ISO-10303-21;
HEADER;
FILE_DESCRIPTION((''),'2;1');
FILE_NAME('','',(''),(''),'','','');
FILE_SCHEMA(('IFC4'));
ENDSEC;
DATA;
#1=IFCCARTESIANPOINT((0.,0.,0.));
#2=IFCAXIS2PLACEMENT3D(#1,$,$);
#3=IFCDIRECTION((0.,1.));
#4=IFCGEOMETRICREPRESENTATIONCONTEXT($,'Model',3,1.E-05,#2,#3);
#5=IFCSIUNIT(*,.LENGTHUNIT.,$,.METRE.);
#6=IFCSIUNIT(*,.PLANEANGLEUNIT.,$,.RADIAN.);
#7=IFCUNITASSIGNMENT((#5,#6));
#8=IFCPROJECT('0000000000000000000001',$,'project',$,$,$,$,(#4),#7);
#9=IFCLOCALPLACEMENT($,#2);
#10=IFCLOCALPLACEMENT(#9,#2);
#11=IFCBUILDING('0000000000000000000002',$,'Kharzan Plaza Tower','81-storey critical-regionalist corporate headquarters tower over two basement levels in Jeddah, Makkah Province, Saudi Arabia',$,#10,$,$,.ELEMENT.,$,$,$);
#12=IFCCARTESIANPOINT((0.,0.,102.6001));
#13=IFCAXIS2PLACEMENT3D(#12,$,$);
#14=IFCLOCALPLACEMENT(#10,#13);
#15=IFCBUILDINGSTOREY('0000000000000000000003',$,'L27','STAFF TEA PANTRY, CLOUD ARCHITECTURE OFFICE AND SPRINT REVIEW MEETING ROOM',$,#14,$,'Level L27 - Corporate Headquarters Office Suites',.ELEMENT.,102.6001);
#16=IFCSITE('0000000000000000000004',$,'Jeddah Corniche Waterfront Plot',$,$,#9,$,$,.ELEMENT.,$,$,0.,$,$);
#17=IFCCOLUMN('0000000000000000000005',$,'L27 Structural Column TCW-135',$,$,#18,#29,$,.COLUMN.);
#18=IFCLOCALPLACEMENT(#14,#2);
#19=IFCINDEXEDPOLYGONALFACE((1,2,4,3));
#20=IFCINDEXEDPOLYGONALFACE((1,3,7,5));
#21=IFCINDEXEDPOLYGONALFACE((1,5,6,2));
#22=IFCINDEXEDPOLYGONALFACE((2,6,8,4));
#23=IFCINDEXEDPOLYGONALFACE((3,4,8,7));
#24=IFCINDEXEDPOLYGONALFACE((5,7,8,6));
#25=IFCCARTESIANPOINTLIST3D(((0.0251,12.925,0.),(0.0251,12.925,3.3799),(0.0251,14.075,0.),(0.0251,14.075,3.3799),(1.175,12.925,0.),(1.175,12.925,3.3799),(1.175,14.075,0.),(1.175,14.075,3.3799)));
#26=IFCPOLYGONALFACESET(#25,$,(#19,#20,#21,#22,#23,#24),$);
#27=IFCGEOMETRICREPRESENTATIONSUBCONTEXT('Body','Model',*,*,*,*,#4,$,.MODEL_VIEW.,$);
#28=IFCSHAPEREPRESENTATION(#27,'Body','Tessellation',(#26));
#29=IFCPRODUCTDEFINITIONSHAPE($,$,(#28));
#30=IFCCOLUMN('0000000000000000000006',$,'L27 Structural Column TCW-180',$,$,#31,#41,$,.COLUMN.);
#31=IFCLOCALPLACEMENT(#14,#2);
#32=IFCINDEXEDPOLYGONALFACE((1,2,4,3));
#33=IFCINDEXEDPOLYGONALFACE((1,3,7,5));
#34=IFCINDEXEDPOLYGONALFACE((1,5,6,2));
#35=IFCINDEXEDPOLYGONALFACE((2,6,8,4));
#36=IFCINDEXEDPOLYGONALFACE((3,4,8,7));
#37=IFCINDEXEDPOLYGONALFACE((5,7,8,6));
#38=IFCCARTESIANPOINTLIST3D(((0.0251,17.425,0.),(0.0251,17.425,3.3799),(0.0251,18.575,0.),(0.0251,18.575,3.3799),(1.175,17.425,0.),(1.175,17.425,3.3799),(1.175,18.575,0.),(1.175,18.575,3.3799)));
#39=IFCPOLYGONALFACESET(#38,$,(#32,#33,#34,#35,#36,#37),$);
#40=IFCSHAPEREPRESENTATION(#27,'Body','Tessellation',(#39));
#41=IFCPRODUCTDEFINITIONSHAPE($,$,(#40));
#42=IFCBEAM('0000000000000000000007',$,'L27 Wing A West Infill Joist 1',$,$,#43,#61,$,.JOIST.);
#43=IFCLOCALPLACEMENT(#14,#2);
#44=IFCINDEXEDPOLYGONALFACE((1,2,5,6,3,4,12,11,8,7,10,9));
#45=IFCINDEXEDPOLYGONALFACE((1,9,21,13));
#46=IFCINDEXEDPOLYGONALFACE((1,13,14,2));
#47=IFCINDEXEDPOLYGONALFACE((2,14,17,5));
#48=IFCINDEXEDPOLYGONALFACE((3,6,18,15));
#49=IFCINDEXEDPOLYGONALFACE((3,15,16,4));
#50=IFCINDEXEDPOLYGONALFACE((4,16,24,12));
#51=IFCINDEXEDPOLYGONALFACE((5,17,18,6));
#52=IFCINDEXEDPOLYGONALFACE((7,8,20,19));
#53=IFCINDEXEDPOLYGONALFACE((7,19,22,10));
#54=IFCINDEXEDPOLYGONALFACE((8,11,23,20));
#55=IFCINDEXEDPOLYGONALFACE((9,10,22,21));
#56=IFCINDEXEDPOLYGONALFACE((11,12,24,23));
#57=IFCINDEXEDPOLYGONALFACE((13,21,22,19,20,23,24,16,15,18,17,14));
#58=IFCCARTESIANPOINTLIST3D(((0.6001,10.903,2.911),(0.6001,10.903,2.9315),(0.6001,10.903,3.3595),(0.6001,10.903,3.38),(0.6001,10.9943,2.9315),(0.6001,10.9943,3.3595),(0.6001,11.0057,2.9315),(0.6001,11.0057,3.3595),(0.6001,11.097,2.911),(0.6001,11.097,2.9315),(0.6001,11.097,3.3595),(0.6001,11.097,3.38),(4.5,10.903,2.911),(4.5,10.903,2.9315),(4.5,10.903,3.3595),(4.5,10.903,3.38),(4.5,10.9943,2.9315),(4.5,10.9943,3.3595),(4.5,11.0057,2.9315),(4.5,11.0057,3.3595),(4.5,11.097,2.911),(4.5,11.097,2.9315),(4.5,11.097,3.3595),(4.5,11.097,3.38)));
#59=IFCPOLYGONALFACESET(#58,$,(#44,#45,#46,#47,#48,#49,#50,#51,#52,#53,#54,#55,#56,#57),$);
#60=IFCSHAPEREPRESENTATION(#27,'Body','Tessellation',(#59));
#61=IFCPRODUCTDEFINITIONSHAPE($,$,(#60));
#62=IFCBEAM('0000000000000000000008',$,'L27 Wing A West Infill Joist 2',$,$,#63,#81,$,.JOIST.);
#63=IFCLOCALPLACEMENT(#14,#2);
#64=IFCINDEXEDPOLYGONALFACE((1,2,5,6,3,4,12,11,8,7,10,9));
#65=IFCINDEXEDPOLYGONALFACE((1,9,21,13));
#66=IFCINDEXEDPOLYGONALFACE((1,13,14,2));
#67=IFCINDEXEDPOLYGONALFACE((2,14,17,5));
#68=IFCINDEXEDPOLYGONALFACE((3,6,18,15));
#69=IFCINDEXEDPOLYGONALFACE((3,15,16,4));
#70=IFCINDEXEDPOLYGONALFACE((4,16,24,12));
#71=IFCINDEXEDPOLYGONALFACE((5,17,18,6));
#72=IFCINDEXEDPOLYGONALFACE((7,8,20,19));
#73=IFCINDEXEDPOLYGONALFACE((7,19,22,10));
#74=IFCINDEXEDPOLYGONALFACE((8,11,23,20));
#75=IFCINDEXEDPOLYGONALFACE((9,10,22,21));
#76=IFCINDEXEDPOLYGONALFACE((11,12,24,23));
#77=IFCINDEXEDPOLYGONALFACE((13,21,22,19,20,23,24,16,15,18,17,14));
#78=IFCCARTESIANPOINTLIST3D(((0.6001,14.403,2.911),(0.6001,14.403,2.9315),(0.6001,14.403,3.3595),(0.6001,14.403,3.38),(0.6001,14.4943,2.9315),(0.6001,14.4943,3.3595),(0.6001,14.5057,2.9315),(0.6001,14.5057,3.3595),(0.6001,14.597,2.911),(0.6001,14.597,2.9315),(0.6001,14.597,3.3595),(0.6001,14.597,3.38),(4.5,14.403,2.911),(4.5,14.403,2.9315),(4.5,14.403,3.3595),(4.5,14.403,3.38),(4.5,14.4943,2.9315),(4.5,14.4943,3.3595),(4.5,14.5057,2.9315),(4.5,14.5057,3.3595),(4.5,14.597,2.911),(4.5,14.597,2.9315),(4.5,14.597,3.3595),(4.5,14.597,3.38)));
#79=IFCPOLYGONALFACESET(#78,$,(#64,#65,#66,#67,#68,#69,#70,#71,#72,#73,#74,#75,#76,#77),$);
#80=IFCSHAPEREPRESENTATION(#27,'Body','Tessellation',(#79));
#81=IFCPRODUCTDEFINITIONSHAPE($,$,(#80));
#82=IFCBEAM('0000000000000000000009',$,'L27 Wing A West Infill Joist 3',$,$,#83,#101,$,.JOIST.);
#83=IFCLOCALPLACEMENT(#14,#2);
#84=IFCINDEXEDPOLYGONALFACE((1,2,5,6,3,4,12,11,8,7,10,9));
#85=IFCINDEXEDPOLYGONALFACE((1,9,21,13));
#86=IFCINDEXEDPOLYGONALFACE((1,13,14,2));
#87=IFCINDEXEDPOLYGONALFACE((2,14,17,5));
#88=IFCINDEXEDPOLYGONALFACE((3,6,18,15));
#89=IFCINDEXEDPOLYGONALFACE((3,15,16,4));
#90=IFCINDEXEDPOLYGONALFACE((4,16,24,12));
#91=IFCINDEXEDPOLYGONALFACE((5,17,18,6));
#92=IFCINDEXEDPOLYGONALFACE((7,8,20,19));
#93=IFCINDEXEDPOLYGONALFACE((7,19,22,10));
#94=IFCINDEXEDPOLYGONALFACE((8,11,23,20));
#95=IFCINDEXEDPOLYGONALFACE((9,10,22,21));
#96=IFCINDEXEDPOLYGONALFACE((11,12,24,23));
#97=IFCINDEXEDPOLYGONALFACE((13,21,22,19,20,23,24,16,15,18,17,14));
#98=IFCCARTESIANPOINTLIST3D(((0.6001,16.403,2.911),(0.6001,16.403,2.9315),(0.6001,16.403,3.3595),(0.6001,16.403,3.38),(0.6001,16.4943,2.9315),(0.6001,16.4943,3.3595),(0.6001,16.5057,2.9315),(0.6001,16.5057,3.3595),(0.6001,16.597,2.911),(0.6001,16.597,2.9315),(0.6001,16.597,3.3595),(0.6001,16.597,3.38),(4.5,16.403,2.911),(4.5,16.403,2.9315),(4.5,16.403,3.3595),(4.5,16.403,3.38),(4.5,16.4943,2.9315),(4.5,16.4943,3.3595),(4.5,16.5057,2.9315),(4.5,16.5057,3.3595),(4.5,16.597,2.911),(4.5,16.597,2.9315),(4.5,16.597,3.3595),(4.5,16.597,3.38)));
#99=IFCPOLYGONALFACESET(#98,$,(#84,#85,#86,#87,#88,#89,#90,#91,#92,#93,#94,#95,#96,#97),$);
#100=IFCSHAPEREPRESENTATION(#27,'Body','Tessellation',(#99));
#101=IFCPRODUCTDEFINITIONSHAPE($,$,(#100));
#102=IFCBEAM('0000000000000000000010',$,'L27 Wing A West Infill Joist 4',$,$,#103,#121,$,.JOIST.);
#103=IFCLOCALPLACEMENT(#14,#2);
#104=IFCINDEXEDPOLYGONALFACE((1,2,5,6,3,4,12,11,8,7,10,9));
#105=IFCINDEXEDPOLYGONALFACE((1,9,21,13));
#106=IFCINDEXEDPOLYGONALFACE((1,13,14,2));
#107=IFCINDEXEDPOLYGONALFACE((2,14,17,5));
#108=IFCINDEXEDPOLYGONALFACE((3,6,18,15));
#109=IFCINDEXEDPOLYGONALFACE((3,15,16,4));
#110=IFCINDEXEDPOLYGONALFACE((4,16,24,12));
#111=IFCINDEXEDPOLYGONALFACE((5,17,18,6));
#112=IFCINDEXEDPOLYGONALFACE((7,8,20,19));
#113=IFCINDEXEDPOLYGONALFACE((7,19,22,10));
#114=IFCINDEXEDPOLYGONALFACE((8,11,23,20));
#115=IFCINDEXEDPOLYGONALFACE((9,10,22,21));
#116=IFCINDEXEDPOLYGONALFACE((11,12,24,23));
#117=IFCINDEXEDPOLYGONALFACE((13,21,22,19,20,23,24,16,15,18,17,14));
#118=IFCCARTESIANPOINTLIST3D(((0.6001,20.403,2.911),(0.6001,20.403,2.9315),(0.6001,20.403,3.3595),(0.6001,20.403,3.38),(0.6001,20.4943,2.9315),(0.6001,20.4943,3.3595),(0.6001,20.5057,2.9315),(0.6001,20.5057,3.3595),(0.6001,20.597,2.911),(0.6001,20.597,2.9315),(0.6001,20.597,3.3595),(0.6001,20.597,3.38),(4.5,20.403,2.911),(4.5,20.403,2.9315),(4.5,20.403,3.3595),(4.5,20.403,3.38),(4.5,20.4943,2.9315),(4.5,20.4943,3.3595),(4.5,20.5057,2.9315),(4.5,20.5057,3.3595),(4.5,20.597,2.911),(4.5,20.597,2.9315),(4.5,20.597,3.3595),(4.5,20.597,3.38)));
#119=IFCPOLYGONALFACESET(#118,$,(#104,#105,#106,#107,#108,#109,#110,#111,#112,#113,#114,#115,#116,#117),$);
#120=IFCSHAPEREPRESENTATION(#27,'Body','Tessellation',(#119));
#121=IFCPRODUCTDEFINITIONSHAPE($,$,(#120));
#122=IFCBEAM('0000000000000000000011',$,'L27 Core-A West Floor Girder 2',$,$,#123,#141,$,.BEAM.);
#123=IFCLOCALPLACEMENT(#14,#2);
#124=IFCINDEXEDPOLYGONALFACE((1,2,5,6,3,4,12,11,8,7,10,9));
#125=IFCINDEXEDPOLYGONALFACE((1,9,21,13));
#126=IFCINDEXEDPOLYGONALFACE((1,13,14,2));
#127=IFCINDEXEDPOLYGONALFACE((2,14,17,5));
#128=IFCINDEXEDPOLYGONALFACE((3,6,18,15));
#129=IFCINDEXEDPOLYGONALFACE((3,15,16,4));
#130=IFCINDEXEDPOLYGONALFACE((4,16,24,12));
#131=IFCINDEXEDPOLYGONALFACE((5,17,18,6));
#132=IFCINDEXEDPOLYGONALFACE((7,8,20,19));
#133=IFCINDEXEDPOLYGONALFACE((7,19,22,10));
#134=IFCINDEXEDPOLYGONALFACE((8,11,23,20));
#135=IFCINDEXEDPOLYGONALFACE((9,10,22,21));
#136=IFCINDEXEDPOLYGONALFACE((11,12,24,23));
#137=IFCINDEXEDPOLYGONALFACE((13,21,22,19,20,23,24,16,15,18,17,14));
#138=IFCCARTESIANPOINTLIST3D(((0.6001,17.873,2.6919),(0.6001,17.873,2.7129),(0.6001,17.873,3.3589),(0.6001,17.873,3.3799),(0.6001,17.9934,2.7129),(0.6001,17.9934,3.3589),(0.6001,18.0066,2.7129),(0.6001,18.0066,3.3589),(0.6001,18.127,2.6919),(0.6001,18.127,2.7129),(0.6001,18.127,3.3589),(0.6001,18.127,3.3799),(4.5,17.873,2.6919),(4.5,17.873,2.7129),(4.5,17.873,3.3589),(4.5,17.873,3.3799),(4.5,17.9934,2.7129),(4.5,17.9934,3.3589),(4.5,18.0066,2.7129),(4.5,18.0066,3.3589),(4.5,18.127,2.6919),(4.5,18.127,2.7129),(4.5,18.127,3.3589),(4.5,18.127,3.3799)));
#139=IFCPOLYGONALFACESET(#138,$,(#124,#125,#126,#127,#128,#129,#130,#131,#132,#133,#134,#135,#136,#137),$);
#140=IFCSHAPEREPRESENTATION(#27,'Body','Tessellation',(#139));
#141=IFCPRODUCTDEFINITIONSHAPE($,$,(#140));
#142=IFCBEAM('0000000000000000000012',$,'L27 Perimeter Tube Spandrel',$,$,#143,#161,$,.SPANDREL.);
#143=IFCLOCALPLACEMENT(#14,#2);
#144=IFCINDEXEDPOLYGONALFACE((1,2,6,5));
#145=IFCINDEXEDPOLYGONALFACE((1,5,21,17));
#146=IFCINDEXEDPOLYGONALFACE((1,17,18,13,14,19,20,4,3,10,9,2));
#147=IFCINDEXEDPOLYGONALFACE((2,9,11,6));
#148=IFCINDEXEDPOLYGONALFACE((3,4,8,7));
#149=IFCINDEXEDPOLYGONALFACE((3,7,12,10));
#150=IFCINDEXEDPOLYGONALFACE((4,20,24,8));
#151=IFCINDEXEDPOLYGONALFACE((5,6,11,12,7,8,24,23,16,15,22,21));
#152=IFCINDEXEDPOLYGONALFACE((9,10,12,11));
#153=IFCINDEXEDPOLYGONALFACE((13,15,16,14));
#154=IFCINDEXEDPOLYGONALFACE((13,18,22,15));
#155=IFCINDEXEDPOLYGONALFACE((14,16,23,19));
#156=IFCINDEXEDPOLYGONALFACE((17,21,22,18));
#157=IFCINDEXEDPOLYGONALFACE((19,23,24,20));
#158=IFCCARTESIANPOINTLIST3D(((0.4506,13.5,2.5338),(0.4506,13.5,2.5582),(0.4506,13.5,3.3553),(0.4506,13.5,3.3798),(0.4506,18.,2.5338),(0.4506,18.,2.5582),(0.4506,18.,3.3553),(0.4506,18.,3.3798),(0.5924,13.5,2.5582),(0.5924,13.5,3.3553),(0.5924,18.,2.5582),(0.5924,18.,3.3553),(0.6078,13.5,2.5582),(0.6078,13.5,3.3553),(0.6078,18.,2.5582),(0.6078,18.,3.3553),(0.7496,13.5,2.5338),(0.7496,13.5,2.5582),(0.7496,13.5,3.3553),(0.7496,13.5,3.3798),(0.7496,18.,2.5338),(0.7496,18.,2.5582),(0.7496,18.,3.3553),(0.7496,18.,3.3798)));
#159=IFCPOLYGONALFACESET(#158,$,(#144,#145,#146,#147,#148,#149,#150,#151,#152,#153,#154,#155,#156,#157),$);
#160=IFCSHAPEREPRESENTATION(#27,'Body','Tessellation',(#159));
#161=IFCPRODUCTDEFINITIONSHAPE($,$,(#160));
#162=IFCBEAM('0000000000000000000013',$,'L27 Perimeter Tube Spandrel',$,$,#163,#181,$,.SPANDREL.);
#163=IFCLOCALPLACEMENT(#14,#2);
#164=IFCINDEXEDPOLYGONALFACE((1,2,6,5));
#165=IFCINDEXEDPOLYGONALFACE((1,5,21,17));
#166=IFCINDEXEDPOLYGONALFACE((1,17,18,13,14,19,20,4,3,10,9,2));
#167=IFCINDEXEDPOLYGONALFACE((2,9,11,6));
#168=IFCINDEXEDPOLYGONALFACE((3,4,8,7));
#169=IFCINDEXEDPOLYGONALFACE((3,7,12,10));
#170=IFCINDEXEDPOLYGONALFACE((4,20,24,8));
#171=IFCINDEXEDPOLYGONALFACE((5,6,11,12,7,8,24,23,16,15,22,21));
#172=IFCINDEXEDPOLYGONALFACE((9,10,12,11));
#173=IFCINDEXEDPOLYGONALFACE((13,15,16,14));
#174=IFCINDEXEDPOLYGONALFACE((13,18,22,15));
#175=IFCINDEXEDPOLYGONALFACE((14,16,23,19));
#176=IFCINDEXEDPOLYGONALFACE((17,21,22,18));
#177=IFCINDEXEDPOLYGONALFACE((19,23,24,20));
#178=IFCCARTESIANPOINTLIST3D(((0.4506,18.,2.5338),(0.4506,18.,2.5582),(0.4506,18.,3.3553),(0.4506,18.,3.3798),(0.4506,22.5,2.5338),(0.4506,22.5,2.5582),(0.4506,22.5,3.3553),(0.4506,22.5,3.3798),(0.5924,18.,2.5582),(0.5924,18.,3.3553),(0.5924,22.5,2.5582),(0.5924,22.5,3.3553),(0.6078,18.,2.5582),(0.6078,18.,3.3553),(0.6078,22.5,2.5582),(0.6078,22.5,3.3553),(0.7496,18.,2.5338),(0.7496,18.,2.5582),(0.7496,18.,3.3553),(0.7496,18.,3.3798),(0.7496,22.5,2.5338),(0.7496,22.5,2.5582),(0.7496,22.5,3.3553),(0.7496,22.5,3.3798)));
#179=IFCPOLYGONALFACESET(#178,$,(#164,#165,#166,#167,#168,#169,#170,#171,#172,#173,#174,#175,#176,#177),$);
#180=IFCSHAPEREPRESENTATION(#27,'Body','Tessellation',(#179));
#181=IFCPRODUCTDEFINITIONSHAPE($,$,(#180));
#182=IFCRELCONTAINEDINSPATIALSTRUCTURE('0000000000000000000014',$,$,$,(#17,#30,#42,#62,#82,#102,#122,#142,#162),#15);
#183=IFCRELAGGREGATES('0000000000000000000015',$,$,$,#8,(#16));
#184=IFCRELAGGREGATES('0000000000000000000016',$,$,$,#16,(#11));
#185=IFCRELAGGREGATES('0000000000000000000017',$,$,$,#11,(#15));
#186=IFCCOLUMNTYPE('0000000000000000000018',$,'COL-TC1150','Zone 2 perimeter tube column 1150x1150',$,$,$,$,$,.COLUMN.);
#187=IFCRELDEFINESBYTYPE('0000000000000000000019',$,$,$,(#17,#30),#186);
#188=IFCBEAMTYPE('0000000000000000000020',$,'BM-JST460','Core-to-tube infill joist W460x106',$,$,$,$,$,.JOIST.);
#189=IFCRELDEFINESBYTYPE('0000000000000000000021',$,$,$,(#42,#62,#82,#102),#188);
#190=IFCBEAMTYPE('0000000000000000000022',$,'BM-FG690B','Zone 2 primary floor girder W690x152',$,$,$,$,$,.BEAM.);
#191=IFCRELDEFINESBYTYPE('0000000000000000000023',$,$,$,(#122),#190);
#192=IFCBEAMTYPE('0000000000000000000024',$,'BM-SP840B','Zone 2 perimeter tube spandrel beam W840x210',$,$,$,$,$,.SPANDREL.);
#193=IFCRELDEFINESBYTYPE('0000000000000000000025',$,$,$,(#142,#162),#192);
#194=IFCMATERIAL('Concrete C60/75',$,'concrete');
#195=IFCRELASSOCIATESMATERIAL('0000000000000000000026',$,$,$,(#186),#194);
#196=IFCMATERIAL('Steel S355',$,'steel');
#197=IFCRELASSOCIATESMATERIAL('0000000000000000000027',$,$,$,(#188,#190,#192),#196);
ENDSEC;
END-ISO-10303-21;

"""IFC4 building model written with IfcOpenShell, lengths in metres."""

from ifc_helpers import new_model, si_unit, direction, frame, origin, origin_2d, place, context, subcontext, project, spatial, rectangle, i_section, extrude, source, transform, mapped, material, material_profile, profile_set, type_object, element, save


model = new_model("IFC4")

# Units and contexts
model_context = context("Model", 3, precision=1e-05, world=origin(), true_north=direction((0.0, 1.0)))
body_context = subcontext(model_context, "Body", "Model", "MODEL_VIEW")
ifc_project = project(units=[si_unit("LENGTHUNIT", "METRE"), si_unit("PLANEANGLEUNIT", "RADIAN")], contexts=[model_context])

# Site, building, storey
site_placement = place(None, origin())
site = spatial("IfcSite", under=ifc_project, at=site_placement, Name="Jeddah Corniche Waterfront Plot", CompositionType="ELEMENT", RefElevation=0.0)
building_placement = place(site_placement, origin())
building = spatial("IfcBuilding", under=site, at=building_placement, Name="Kharzan Plaza Tower", Description="81-storey critical-regionalist corporate headquarters tower over two basement levels in Jeddah, Makkah Province, Saudi Arabia", CompositionType="ELEMENT")
storey_placement = place(building_placement, frame((0.0, 0.0, 102.6001)))
storey = spatial("IfcBuildingStorey", under=building, at=storey_placement, Name="L27", Description="STAFF TEA PANTRY, CLOUD ARCHITECTURE OFFICE AND SPRINT REVIEW MEETING ROOM", LongName="Level L27 - Corporate Headquarters Office Suites", CompositionType="ELEMENT", Elevation=102.6001)

# Columns
ifc_material_1 = material(Name="Concrete C60/75", Category="concrete")
ifc_material_profile_1 = material_profile(ifc_material_1, rectangle(XDim=1.1499, YDim=1.1499, at=origin_2d()), Name="RC-TC1150x1150")
ifc_profile_set_1 = profile_set([ifc_material_profile_1], Name="Concrete C60/75")
column_type = type_object("IfcColumnType", Name="COL-TC1150", Description="Zone 2 perimeter tube column 1150x1150", PredefinedType="COLUMN", material=ifc_profile_set_1)
shared_shape_1 = source(origin(), body_context, "Body", "SweptSolid", [
    extrude(rectangle(XDim=1.1499, YDim=1.1499, at=origin_2d()), origin(), (0.0, 0.0, 1.0), 3.3799),
])
for number, where, z_axis, x_axis, name in (
    (1, (0.6001, 13.5, 0.0), (0.0, 0.0, 1.0), (1.0, 0.0, 0.0), "L27 Structural Column TCW-135"),
    (2, (0.6001, 18.0, 0.0), (0.0, 0.0, 1.0), (1.0, 0.0, 0.0), "L27 Structural Column TCW-180"),
):
    element("IfcColumn", number, at=place(storey_placement, frame(where, z_axis=z_axis, x_axis=x_axis)), inside=storey, type_object=column_type, Name=name, PredefinedType="COLUMN", context=body_context, shape_type="MappedRepresentation", body=[
        mapped(shared_shape_1, transform((0.0, 0.0, 0.0), x_axis=(1.0, 0.0, 0.0), y_axis=(0.0, 1.0, 0.0), z_axis=(0.0, 0.0, 1.0))),
    ])

# Beams
ifc_material_2 = material(Name="Steel S355", Category="steel")
ifc_material_profile_2 = material_profile(ifc_material_2, i_section(OverallWidth=0.1941, OverallDepth=0.469, WebThickness=0.0115, FlangeThickness=0.0205, at=origin_2d()), Name="W460x106")
ifc_profile_set_2 = profile_set([ifc_material_profile_2], Name="Steel S355")
beam_type_1 = type_object("IfcBeamType", Name="BM-JST460", Description="Core-to-tube infill joist W460x106", PredefinedType="JOIST", material=ifc_profile_set_2)
shared_shape_2 = source(origin(), body_context, "Body", "SweptSolid", [
    extrude(i_section(OverallWidth=0.1941, OverallDepth=0.469, WebThickness=0.0115, FlangeThickness=0.0205, at=origin_2d()), origin(), (0.0, 0.0, 1.0), 3.8999),
])
for number, where, z_axis, x_axis, name in (
    (3, (0.6001, 11.0, 3.1455), (1.0, 0.0, 0.0), (0.0, 1.0, 0.0), "L27 Wing A West Infill Joist 1"),
    (4, (0.6001, 14.5, 3.1455), (1.0, 0.0, 0.0), (0.0, 1.0, 0.0), "L27 Wing A West Infill Joist 2"),
    (5, (0.6001, 16.5, 3.1455), (1.0, 0.0, 0.0), (0.0, 1.0, 0.0), "L27 Wing A West Infill Joist 3"),
    (6, (0.6001, 20.5, 3.1455), (1.0, 0.0, 0.0), (0.0, 1.0, 0.0), "L27 Wing A West Infill Joist 4"),
):
    element("IfcBeam", number, at=place(storey_placement, frame(where, z_axis=z_axis, x_axis=x_axis)), inside=storey, type_object=beam_type_1, Name=name, PredefinedType="JOIST", context=body_context, shape_type="MappedRepresentation", body=[
        mapped(shared_shape_2, transform((0.0, 0.0, 0.0), x_axis=(1.0, 0.0, 0.0), y_axis=(0.0, 1.0, 0.0), z_axis=(0.0, 0.0, 1.0))),
    ])
ifc_material_profile_3 = material_profile(ifc_material_2, i_section(OverallWidth=0.2539, OverallDepth=0.688, WebThickness=0.0132, FlangeThickness=0.021, at=origin_2d()), Name="W690x152")
ifc_profile_set_3 = profile_set([ifc_material_profile_3], Name="Steel S355")
beam_type_2 = type_object("IfcBeamType", Name="BM-FG690B", Description="Zone 2 primary floor girder W690x152", PredefinedType="BEAM", material=ifc_profile_set_3)
shared_shape_3 = source(origin(), body_context, "Body", "SweptSolid", [
    extrude(i_section(OverallWidth=0.2539, OverallDepth=0.688, WebThickness=0.0132, FlangeThickness=0.021, at=origin_2d()), origin(), (0.0, 0.0, 1.0), 3.8999),
])
beam_placement = place(storey_placement, frame((0.6001, 18.0, 3.0359), z_axis=(1.0, 0.0, 0.0), x_axis=(0.0, 1.0, 0.0)))
element("IfcBeam", 7, at=beam_placement, inside=storey, type_object=beam_type_2, Name="L27 Core-A West Floor Girder 2", PredefinedType="BEAM", context=body_context, shape_type="MappedRepresentation", body=[
    mapped(shared_shape_3, transform((0.0, 0.0, 0.0), x_axis=(1.0, 0.0, 0.0), y_axis=(0.0, 1.0, 0.0), z_axis=(0.0, 0.0, 1.0))),
])
ifc_material_profile_4 = material_profile(ifc_material_2, i_section(OverallWidth=0.2991, OverallDepth=0.8459, WebThickness=0.0154, FlangeThickness=0.0244, at=origin_2d()), Name="W840x210")
ifc_profile_set_4 = profile_set([ifc_material_profile_4], Name="Steel S355")
beam_type_3 = type_object("IfcBeamType", Name="BM-SP840B", Description="Zone 2 perimeter tube spandrel beam W840x210", PredefinedType="SPANDREL", material=ifc_profile_set_4)
shared_shape_4 = source(origin(), body_context, "Body", "SweptSolid", [
    extrude(i_section(OverallWidth=0.2991, OverallDepth=0.8459, WebThickness=0.0154, FlangeThickness=0.0244, at=origin_2d()), origin(), (0.0, 0.0, 1.0), 4.5),
])
for number, where, z_axis, x_axis, name in (
    (8, (0.6001, 13.5, 2.9568), (0.0, 1.0, 0.0), (-1.0, 0.0, 0.0), "L27 Perimeter Tube Spandrel"),
    (9, (0.6001, 18.0, 2.9568), (0.0, 1.0, 0.0), (-1.0, 0.0, 0.0), "L27 Perimeter Tube Spandrel"),
):
    element("IfcBeam", number, at=place(storey_placement, frame(where, z_axis=z_axis, x_axis=x_axis)), inside=storey, type_object=beam_type_3, Name=name, PredefinedType="SPANDREL", context=body_context, shape_type="MappedRepresentation", body=[
        mapped(shared_shape_4, transform((0.0, 0.0, 0.0), x_axis=(1.0, 0.0, 0.0), y_axis=(0.0, 1.0, 0.0), z_axis=(0.0, 0.0, 1.0))),
    ])

save(model, "model.ifc")
